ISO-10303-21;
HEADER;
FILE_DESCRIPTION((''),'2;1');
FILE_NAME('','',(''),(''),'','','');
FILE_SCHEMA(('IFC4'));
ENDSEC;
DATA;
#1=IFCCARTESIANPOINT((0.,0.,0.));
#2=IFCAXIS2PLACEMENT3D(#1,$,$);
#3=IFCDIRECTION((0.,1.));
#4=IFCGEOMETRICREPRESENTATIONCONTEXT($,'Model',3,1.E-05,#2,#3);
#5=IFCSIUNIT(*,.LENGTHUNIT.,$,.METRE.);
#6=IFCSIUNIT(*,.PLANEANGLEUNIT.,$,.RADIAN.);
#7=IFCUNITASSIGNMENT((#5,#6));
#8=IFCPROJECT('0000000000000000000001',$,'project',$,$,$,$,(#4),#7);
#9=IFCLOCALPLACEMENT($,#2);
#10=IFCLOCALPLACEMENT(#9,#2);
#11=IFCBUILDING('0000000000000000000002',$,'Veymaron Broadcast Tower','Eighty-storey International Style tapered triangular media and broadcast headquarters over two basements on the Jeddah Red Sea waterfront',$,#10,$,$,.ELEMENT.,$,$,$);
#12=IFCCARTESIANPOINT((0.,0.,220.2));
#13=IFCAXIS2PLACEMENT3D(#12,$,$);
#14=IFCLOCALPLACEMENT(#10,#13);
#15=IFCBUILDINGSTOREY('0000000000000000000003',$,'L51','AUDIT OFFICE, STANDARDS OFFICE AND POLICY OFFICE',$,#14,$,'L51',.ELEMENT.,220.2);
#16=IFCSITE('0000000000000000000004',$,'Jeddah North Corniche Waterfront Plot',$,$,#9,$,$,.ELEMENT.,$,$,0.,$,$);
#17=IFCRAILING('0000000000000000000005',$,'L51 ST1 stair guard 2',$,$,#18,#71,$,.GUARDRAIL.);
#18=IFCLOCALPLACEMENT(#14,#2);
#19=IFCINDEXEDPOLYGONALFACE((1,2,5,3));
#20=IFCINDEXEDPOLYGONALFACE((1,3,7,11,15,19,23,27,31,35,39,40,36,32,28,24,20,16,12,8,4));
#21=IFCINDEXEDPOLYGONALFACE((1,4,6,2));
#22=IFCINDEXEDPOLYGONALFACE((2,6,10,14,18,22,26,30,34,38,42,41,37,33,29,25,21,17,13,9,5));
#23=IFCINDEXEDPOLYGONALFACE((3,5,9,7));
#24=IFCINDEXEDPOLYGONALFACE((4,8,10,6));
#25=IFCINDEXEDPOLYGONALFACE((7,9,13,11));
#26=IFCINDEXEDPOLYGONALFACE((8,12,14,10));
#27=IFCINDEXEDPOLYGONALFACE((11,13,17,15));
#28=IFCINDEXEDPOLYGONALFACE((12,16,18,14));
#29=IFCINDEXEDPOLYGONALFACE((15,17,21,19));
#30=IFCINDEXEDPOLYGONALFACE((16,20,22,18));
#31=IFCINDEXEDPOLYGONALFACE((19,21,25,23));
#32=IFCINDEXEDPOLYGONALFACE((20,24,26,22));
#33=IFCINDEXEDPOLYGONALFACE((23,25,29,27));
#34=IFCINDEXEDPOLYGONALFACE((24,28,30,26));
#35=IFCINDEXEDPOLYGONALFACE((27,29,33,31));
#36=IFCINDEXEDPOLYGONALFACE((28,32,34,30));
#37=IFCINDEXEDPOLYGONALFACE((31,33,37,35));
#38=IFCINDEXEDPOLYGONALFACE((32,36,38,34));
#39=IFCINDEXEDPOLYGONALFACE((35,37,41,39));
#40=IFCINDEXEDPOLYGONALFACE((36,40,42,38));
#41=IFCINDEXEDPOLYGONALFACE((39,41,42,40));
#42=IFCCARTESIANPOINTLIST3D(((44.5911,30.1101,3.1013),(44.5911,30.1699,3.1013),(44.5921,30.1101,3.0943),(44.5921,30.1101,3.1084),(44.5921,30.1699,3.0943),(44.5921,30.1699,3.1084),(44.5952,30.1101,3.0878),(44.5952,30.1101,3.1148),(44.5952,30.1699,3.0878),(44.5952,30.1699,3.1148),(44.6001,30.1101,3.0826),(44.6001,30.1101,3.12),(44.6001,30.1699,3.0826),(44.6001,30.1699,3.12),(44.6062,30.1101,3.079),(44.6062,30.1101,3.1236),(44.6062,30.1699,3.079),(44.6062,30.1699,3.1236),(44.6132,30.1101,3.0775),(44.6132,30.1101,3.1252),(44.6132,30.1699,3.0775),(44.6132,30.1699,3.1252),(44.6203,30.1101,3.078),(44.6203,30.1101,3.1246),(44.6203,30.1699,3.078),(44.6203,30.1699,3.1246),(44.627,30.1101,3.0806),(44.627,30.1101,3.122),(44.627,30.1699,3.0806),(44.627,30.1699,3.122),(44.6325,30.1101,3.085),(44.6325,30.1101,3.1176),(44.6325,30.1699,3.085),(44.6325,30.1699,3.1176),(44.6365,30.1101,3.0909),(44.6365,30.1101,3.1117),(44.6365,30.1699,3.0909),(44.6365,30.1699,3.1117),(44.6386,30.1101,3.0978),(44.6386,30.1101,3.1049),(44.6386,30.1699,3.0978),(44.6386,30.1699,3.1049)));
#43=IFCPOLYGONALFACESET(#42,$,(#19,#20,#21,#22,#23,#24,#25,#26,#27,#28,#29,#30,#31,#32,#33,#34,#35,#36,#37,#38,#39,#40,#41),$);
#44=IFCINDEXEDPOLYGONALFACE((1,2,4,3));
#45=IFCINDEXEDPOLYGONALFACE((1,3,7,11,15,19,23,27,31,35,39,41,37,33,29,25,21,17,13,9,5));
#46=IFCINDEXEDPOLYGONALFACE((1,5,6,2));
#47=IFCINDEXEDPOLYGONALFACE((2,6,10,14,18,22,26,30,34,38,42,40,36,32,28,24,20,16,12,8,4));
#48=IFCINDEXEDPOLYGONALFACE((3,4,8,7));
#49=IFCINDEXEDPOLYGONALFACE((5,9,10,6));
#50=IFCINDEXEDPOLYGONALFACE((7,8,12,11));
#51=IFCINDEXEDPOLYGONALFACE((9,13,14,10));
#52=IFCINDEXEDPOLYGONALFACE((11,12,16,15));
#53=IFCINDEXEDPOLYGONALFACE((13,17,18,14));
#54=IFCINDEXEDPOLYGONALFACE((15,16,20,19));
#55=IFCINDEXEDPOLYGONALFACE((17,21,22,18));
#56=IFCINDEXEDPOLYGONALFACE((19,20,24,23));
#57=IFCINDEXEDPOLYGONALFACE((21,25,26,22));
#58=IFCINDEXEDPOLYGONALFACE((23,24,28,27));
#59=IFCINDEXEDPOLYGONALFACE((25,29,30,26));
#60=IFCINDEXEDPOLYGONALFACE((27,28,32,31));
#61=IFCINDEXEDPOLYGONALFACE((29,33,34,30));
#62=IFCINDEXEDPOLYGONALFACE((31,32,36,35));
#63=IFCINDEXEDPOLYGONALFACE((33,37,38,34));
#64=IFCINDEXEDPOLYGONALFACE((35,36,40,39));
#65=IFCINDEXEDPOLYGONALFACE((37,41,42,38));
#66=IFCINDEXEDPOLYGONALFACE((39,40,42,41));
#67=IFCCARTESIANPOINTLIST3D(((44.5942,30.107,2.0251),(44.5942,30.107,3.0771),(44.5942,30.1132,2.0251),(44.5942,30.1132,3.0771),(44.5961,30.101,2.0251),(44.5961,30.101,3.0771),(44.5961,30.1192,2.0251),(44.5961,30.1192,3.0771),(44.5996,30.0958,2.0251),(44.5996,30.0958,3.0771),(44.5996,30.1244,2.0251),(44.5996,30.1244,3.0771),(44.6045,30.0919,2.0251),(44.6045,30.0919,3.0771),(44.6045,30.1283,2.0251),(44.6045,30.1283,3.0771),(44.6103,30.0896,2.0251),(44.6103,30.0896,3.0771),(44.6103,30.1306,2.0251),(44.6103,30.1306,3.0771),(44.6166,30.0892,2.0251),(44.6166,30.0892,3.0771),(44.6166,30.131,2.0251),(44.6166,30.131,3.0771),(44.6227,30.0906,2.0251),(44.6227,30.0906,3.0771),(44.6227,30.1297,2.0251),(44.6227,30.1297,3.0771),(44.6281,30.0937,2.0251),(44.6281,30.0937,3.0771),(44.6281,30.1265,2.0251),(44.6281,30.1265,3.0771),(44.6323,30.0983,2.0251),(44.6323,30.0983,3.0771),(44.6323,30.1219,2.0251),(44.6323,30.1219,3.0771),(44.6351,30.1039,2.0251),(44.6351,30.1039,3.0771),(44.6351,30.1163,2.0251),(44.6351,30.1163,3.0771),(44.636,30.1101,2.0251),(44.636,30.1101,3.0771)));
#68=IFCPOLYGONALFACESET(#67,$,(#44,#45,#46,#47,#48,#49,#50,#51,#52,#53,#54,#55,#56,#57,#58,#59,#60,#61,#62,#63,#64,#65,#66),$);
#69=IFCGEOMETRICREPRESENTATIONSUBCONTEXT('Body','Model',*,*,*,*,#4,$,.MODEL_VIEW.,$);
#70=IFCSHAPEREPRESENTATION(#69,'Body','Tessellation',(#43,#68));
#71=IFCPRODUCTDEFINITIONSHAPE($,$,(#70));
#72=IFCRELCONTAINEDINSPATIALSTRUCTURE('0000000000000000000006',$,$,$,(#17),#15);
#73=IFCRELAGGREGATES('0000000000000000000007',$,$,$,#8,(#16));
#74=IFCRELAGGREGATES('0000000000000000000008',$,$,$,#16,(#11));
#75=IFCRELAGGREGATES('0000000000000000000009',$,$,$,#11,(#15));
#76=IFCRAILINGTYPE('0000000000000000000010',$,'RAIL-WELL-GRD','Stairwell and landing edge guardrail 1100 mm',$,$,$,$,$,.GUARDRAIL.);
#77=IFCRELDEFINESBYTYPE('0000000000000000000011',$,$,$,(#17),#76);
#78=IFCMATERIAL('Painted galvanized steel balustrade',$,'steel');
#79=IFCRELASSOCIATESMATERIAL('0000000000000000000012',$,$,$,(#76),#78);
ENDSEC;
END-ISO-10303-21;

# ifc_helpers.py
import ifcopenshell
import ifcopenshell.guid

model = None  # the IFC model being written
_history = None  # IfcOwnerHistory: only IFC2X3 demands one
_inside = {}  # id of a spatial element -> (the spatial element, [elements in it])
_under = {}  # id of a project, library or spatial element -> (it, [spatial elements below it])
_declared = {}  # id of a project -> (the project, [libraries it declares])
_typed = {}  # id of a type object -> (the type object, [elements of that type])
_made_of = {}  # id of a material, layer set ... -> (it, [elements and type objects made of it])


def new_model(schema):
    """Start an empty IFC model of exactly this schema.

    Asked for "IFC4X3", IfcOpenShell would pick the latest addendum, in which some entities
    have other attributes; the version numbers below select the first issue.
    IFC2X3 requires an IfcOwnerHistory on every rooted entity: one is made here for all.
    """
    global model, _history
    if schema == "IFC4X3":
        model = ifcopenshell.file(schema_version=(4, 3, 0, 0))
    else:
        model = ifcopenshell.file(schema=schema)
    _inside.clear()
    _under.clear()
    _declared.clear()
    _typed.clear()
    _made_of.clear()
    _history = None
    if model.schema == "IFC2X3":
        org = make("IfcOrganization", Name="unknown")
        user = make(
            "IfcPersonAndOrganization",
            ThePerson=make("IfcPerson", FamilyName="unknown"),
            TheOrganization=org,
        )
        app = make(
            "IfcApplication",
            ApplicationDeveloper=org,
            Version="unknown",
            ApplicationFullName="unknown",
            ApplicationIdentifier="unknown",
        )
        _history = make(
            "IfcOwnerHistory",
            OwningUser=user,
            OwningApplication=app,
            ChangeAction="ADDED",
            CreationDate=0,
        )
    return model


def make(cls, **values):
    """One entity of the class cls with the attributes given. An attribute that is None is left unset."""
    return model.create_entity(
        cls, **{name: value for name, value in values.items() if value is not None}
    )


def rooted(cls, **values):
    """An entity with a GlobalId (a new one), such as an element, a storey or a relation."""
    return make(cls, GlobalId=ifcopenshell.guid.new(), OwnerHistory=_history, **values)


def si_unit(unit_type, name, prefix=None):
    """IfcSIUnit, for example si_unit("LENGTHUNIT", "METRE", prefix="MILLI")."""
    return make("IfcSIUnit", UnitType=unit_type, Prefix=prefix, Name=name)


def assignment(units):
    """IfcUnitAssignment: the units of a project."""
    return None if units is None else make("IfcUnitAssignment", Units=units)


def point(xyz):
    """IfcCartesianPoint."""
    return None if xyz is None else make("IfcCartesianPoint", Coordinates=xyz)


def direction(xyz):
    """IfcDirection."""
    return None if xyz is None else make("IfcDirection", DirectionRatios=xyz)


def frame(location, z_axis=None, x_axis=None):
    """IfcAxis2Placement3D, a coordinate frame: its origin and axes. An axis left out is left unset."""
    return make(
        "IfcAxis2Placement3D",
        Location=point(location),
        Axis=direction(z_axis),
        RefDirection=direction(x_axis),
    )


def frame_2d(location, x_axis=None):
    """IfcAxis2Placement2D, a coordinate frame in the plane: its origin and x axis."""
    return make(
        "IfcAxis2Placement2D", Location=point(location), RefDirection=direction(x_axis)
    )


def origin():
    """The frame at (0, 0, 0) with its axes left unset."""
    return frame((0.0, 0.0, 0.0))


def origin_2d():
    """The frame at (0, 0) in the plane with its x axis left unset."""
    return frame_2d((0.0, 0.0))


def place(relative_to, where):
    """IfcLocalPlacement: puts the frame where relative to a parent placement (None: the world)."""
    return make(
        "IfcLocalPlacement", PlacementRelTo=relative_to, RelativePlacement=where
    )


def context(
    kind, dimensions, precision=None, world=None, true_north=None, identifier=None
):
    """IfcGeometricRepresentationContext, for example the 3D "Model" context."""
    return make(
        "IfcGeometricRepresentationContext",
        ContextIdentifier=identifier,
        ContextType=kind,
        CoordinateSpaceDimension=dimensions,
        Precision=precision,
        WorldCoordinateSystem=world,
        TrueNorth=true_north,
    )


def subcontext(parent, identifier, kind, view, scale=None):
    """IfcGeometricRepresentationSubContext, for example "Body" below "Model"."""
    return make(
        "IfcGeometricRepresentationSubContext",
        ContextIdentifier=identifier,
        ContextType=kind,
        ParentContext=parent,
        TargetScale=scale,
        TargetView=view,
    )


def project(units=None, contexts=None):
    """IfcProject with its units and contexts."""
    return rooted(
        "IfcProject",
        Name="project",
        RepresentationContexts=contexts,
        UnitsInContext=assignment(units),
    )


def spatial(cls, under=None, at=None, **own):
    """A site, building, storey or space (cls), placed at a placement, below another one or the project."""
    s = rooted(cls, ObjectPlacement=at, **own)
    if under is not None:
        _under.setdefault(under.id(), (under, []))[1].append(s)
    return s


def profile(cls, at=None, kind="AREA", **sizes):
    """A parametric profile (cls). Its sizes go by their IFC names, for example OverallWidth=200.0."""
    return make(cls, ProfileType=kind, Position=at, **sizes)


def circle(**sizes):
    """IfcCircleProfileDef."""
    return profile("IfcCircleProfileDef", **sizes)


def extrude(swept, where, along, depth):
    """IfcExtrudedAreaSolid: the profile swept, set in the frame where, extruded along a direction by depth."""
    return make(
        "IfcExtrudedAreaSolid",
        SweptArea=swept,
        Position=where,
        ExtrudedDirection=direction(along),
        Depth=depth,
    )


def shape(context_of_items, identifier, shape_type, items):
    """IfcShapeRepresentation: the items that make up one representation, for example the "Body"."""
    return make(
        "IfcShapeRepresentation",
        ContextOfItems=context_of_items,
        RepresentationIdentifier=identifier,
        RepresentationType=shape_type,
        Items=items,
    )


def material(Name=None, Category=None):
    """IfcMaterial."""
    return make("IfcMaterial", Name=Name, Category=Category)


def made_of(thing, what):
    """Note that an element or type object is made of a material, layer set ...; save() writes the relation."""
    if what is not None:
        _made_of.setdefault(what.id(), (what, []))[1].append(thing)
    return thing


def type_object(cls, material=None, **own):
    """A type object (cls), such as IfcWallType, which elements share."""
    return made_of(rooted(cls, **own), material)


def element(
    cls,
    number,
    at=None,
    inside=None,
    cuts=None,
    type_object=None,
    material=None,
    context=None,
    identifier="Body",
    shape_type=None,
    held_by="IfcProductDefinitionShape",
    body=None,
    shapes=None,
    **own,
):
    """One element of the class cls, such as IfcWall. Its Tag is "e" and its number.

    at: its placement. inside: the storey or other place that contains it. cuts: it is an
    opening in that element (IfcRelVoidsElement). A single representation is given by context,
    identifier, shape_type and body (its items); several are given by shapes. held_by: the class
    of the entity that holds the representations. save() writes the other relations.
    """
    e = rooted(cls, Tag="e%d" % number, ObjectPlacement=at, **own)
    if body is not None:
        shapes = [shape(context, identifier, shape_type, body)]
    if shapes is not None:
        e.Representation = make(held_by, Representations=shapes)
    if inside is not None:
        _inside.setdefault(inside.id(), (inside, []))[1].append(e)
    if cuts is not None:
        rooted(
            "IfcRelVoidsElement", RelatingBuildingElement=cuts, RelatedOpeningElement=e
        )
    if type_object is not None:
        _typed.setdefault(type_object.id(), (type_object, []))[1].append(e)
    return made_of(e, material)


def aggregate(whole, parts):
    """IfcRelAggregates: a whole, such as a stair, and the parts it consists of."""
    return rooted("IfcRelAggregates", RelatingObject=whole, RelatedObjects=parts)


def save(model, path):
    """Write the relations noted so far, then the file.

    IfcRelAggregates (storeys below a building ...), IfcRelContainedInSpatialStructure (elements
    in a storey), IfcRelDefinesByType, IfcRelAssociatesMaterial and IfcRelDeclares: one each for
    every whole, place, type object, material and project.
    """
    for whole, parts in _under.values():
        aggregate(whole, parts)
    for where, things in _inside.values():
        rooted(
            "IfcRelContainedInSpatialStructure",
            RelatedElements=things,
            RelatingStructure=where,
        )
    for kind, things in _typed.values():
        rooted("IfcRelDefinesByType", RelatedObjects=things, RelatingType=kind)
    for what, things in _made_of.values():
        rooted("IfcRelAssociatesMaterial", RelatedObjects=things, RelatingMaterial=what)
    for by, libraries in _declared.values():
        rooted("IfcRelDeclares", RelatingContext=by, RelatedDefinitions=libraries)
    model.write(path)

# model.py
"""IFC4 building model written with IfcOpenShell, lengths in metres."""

from ifc_helpers import new_model, si_unit, direction, frame, origin, origin_2d, place, context, subcontext, project, spatial, circle, extrude, material, type_object, element, save


model = new_model("IFC4")

# Units and contexts
model_context = context("Model", 3, precision=1e-05, world=origin(), true_north=direction((0.0, 1.0)))
body_context = subcontext(model_context, "Body", "Model", "MODEL_VIEW")
ifc_project = project(units=[si_unit("LENGTHUNIT", "METRE"), si_unit("PLANEANGLEUNIT", "RADIAN")], contexts=[model_context])

# Site, building, storey
site_placement = place(None, origin())
site = spatial("IfcSite", under=ifc_project, at=site_placement, Name="Jeddah North Corniche Waterfront Plot", CompositionType="ELEMENT", RefElevation=0.0)
building_placement = place(site_placement, origin())
building = spatial("IfcBuilding", under=site, at=building_placement, Name="Veymaron Broadcast Tower", Description="Eighty-storey International Style tapered triangular media and broadcast headquarters over two basements on the Jeddah Red Sea waterfront", CompositionType="ELEMENT")
storey_placement = place(building_placement, frame((0.0, 0.0, 220.2)))
storey = spatial("IfcBuildingStorey", under=building, at=storey_placement, Name="L51", Description="AUDIT OFFICE, STANDARDS OFFICE AND POLICY OFFICE", LongName="L51", CompositionType="ELEMENT", Elevation=220.2)

# Railing
ifc_material_1 = material(Name="Painted galvanized steel balustrade", Category="steel")
railing_type_1 = type_object("IfcRailingType", Name="RAIL-WELL-GRD", Description="Stairwell and landing edge guardrail 1100 mm", PredefinedType="GUARDRAIL", material=ifc_material_1)
railing_1_placement = place(storey_placement, frame((44.615, 30.1101, 2.0251)))
element("IfcRailing", 1, at=railing_1_placement, inside=storey, type_object=railing_type_1, Name="L51 ST1 stair guard 2", PredefinedType="GUARDRAIL", context=body_context, shape_type="SweptSolid", body=[
    extrude(circle(Radius=0.0239, at=origin_2d()), frame((0.0, 0.0, 1.0762), z_axis=(0.0, 1.0, 0.0), x_axis=(-1.0, 0.0, 0.0)), (0.0, 0.0, 1.0), 0.0598),
    extrude(circle(Radius=0.021, at=origin_2d()), origin(), (0.0, 0.0, 1.0), 1.052),
])

save(model, "model.ifc")
